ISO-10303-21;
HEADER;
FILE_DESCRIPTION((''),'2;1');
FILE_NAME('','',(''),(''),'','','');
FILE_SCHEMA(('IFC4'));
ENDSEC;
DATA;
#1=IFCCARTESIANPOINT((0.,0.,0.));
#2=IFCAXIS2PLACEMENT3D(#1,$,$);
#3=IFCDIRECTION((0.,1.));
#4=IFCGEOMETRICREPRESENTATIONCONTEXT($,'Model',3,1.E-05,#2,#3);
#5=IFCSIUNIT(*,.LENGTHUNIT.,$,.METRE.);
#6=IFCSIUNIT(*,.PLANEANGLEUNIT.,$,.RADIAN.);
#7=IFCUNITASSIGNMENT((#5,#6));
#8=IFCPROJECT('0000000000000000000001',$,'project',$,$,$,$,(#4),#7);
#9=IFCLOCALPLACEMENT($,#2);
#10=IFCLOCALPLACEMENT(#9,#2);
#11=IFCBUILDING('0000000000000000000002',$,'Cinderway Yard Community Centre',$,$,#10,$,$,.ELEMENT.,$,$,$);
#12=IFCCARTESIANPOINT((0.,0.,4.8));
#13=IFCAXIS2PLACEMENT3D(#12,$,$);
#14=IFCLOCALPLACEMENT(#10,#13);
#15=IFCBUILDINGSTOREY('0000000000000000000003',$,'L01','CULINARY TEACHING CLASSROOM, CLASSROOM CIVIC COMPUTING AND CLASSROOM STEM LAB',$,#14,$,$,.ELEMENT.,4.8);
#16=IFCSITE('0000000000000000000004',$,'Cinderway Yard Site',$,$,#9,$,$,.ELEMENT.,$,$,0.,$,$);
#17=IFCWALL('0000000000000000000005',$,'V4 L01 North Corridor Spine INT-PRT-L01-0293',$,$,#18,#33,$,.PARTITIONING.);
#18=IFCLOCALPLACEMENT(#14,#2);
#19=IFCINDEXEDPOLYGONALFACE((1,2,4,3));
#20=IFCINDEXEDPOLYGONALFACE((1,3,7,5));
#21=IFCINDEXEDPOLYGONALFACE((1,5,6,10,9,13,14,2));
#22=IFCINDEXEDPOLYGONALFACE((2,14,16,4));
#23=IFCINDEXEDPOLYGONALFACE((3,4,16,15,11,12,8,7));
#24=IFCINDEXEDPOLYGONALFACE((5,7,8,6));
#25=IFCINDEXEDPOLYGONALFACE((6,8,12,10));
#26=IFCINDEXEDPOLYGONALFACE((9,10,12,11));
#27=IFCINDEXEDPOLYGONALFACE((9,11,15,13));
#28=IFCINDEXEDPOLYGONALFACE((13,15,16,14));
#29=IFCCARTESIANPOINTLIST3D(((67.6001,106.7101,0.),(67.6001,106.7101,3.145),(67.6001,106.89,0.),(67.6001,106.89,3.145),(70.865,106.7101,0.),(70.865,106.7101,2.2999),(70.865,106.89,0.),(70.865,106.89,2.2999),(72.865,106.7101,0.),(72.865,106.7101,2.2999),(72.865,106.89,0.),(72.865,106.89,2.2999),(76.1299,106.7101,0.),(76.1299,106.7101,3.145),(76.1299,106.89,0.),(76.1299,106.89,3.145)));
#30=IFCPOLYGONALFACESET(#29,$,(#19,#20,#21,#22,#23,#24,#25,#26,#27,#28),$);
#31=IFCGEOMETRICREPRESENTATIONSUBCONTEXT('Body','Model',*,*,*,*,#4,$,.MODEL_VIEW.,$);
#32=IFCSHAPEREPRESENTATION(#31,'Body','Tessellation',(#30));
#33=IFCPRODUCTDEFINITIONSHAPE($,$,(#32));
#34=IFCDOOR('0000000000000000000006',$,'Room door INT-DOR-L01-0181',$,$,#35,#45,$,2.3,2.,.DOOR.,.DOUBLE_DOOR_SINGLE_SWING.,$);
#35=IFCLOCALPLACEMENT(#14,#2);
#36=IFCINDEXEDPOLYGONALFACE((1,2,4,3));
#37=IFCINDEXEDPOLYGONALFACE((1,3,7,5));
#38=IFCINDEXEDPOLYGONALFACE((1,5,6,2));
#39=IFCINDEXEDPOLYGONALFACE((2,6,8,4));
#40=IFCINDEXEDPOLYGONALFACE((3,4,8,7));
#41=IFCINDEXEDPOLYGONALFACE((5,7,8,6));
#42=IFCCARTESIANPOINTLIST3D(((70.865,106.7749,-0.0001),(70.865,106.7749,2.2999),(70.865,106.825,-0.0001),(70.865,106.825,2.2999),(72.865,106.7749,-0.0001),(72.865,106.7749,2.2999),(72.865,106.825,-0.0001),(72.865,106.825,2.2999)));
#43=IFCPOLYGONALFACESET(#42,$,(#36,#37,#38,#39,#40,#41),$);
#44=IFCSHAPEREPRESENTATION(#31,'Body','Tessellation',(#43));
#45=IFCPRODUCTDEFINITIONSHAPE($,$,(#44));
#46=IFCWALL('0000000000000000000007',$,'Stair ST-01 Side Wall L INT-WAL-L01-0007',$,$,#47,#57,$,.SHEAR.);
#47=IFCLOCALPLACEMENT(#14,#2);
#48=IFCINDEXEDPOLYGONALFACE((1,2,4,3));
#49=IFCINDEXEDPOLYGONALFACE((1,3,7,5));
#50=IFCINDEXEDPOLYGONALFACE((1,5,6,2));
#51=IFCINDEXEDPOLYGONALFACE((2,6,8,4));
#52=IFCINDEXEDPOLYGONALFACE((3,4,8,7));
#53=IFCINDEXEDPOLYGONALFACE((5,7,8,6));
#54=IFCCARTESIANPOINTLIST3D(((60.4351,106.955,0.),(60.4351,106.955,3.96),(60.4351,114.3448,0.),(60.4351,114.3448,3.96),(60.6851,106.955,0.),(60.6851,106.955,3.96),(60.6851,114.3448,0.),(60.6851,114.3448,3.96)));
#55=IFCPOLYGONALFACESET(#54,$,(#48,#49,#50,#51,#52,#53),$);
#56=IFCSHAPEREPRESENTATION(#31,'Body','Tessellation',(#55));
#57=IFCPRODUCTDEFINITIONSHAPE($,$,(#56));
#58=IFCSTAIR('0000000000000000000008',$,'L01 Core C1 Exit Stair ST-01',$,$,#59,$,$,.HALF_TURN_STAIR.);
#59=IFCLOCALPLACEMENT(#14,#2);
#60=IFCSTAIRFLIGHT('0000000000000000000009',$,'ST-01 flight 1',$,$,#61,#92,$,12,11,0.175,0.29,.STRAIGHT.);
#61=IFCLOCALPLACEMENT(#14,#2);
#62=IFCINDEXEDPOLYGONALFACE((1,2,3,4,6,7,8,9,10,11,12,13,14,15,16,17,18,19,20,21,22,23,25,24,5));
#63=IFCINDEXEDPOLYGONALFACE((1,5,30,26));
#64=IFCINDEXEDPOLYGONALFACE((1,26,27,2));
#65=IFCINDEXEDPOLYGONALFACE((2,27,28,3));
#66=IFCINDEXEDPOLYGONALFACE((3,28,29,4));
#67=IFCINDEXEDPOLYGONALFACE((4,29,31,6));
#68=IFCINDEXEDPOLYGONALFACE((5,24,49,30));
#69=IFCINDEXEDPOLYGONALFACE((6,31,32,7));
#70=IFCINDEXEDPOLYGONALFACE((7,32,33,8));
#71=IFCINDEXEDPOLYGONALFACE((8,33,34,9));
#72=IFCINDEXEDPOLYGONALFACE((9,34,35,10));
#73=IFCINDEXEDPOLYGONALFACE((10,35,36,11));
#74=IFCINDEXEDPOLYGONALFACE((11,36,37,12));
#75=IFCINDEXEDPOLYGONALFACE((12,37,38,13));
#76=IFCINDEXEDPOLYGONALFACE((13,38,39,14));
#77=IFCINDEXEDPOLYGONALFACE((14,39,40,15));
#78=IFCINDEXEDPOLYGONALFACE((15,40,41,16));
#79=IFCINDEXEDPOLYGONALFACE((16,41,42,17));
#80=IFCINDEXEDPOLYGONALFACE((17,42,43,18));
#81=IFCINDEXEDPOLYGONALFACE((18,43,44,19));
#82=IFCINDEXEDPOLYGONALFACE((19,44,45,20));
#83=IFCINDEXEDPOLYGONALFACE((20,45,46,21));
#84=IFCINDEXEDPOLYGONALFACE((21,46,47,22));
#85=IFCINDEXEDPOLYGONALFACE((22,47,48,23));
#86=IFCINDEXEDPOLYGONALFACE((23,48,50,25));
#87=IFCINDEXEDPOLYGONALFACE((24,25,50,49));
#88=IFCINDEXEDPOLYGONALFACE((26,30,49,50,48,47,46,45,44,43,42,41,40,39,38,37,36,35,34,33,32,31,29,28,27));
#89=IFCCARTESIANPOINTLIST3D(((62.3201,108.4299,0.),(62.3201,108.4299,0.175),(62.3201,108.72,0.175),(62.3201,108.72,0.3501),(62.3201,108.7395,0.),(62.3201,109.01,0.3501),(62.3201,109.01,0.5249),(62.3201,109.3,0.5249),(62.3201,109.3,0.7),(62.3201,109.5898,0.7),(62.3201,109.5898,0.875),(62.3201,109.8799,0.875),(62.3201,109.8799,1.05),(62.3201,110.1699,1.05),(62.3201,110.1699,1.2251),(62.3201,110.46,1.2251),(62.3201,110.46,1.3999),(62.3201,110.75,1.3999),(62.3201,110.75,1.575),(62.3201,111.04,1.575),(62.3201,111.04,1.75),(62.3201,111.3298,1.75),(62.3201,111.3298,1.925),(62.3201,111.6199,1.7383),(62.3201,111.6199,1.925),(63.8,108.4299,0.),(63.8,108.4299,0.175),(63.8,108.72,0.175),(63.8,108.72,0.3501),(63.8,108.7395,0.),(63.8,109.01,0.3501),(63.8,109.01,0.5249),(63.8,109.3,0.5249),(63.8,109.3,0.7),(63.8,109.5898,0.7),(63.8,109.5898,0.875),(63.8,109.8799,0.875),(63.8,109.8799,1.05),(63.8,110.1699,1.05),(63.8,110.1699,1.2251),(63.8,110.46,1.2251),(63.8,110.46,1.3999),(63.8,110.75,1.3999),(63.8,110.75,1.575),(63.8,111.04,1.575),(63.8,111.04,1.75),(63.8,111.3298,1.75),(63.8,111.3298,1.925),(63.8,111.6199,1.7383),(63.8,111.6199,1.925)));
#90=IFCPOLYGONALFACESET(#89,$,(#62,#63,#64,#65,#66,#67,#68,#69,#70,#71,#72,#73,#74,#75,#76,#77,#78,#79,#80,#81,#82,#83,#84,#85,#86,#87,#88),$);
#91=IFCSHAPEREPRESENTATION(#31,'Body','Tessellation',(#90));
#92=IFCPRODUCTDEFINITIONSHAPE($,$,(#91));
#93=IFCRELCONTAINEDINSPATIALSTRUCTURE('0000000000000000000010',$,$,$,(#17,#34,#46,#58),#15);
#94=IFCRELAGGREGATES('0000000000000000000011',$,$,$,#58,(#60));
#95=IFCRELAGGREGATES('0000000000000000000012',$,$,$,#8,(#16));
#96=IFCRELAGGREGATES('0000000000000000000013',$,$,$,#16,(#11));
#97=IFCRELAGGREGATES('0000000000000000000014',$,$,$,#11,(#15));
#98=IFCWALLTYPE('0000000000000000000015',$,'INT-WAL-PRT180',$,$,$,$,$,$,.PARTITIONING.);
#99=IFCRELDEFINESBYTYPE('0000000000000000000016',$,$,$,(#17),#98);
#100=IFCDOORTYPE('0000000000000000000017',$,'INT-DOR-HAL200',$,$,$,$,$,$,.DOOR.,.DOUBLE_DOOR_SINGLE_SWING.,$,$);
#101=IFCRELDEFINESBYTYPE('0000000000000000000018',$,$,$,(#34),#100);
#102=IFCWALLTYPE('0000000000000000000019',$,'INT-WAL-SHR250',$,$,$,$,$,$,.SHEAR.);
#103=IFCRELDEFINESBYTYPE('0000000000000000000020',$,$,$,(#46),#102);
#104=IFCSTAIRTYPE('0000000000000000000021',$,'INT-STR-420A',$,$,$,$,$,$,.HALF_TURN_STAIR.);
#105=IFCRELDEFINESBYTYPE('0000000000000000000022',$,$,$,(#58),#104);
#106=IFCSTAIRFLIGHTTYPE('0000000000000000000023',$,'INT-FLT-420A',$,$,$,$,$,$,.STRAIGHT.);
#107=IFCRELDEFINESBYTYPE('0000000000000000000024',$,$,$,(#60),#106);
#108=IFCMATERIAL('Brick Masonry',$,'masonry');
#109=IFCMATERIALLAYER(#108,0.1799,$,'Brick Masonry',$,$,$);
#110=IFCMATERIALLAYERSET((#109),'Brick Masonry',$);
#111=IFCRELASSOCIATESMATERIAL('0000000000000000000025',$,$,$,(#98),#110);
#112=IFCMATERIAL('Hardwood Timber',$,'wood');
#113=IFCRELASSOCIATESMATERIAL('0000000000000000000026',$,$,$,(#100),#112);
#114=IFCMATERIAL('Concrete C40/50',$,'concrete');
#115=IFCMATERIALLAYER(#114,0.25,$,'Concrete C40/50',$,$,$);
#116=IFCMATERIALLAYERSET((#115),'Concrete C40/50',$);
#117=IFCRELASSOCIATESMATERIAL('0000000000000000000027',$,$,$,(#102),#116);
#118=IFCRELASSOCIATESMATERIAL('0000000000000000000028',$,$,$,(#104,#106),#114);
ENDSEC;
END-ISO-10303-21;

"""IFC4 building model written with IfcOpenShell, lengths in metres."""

from ifc_helpers import new_model, si_unit, direction, frame, frame_2d, origin, place, context, subcontext, project, spatial, polyline, rectangle, outline, extrude, material, layer, layer_set, type_object, element, fill, aggregate, save


model = new_model("IFC4")

# Units and contexts
model_context = context("Model", 3, precision=1e-05, world=origin(), true_north=direction((0.0, 1.0)))
body_context = subcontext(model_context, "Body", "Model", "MODEL_VIEW")
ifc_project = project(units=[si_unit("LENGTHUNIT", "METRE"), si_unit("PLANEANGLEUNIT", "RADIAN")], contexts=[model_context])

# Site, building, storey
site_placement = place(None, origin())
site = spatial("IfcSite", under=ifc_project, at=site_placement, Name="Cinderway Yard Site", CompositionType="ELEMENT", RefElevation=0.0)
building_placement = place(site_placement, origin())
building = spatial("IfcBuilding", under=site, at=building_placement, Name="Cinderway Yard Community Centre", CompositionType="ELEMENT")
storey_placement = place(building_placement, frame((0.0, 0.0, 4.8)))
storey = spatial("IfcBuildingStorey", under=building, at=storey_placement, Name="L01", Description="CULINARY TEACHING CLASSROOM, CLASSROOM CIVIC COMPUTING AND CLASSROOM STEM LAB", CompositionType="ELEMENT", Elevation=4.8)

# Shared definitions
ifc_material_1 = material(Name="Concrete C40/50", Category="concrete")

# Wall, opening, door
ifc_material_2 = material(Name="Hardwood Timber", Category="wood")
ifc_material_3 = material(Name="Brick Masonry", Category="masonry")
ifc_layer_1 = layer(ifc_material_3, 0.1799, Name="Brick Masonry")
ifc_layer_set_1 = layer_set([ifc_layer_1], Name="Brick Masonry")
wall_type_1 = type_object("IfcWallType", Name="INT-WAL-PRT180", PredefinedType="PARTITIONING", material=ifc_layer_set_1)
wall_1_placement = place(storey_placement, frame((67.6001, 106.8, 0.0), z_axis=(0.0, 0.0, 1.0), x_axis=(1.0, 0.0, 0.0)))
wall_1 = element("IfcWall", 1, at=wall_1_placement, inside=storey, type_object=wall_type_1, Name="V4 L01 North Corridor Spine INT-PRT-L01-0293", PredefinedType="PARTITIONING", context=body_context, shape_type="SweptSolid", body=[
    extrude(rectangle(XDim=8.5298, YDim=0.1799, at=frame_2d((4.2649, 0.0))), origin(), (0.0, 0.0, 1.0), 3.145),
])
opening_1_placement = place(wall_1_placement, frame((3.2649, 0.0, 0.0)))
opening_1 = element("IfcOpeningElement", 2, at=opening_1_placement, cuts=wall_1, PredefinedType="OPENING", context=body_context, shape_type="SweptSolid", body=[
    extrude(rectangle(XDim=2.0, YDim=2.3, at=frame_2d((1.0, 1.1499))), frame((0.0, 0.0999, 0.0), z_axis=(0.0, -1.0, 0.0), x_axis=(1.0, 0.0, 0.0)), (0.0, 0.0, 1.0), 0.2),
])
door_type_1 = type_object("IfcDoorType", Name="INT-DOR-HAL200", OperationType="DOUBLE_DOOR_SINGLE_SWING", PredefinedType="DOOR", material=ifc_material_2)
door_1_placement = place(opening_1_placement, origin())
door_1 = element("IfcDoor", 3, at=door_1_placement, inside=storey, type_object=door_type_1, Name="Room door INT-DOR-L01-0181", OperationType="DOUBLE_DOOR_SINGLE_SWING", OverallHeight=2.3, OverallWidth=2.0, PredefinedType="DOOR", context=body_context, shape_type="SweptSolid", body=[
    extrude(rectangle(XDim=2.0, YDim=2.3, at=frame_2d((1.0, 1.1499))), frame((0.0, 0.0249, 0.0), z_axis=(0.0, -1.0, 0.0), x_axis=(1.0, 0.0, 0.0)), (0.0, 0.0, 1.0), 0.05),
])
fill(opening_1, door_1)
ifc_layer_2 = layer(ifc_material_1, 0.25, Name="Concrete C40/50")
ifc_layer_set_2 = layer_set([ifc_layer_2], Name="Concrete C40/50")
wall_type_2 = type_object("IfcWallType", Name="INT-WAL-SHR250", PredefinedType="SHEAR", material=ifc_layer_set_2)

# Wall
wall_2_placement = place(storey_placement, frame((60.5601, 106.9551, 0.0), z_axis=(0.0, 0.0, 1.0), x_axis=(0.0, 1.0, 0.0)))
element("IfcWall", 4, at=wall_2_placement, inside=storey, type_object=wall_type_2, Name="Stair ST-01 Side Wall L INT-WAL-L01-0007", PredefinedType="SHEAR", context=body_context, shape_type="SweptSolid", body=[
    extrude(rectangle(XDim=7.3899, YDim=0.25, at=frame_2d((3.6948, 0.0))), origin(), (0.0, 0.0, 1.0), 3.96),
])

# Stair, stair flight
stair_type = type_object("IfcStairType", Name="INT-STR-420A", PredefinedType="HALF_TURN_STAIR", material=ifc_material_1)
stair_placement = place(storey_placement, origin())
stair = element("IfcStair", 5, at=stair_placement, inside=storey, type_object=stair_type, Name="L01 Core C1 Exit Stair ST-01", PredefinedType="HALF_TURN_STAIR")
stair_flight_type = type_object("IfcStairFlightType", Name="INT-FLT-420A", PredefinedType="STRAIGHT", material=ifc_material_1)
stair_flight_placement = place(storey_placement, frame((63.0601, 108.4299, 0.0), z_axis=(0.0, 0.0, 1.0), x_axis=(0.0, 1.0, 0.0)))
stair_flight = element("IfcStairFlight", 6, at=stair_flight_placement, type_object=stair_flight_type, Name="ST-01 flight 1", NumberOfRisers=12, NumberOfTreads=11, PredefinedType="STRAIGHT", RiserHeight=0.175, TreadLength=0.29, context=body_context, shape_type="SweptSolid", body=[
    extrude(outline(polyline([(0.0, 0.0), (0.0, 0.175), (0.29, 0.175), (0.29, 0.3501), (0.5801, 0.3501), (0.5801, 0.5249), (0.8701, 0.5249), (0.8701, 0.7), (1.1599, 0.7), (1.1599, 0.875), (1.45, 0.875), (1.45, 1.05), (1.74, 1.05), (1.74, 1.2251), (2.03, 1.2251), (2.03, 1.3999), (2.3201, 1.3999), (2.3201, 1.575), (2.6101, 1.575), (2.6101, 1.75), (2.8999, 1.75), (2.8999, 1.925), (3.1899, 1.925), (3.1899, 2.1001), (3.1899, 1.7383), (0.3096, 0.0), (0.0, 0.0)])), frame((0.0, 0.74, 0.0), z_axis=(0.0, -1.0, 0.0), x_axis=(1.0, 0.0, 0.0)), (0.0, 0.0, 1.0), 1.48),
])
aggregate(stair, [stair_flight])

save(model, "model.ifc")
